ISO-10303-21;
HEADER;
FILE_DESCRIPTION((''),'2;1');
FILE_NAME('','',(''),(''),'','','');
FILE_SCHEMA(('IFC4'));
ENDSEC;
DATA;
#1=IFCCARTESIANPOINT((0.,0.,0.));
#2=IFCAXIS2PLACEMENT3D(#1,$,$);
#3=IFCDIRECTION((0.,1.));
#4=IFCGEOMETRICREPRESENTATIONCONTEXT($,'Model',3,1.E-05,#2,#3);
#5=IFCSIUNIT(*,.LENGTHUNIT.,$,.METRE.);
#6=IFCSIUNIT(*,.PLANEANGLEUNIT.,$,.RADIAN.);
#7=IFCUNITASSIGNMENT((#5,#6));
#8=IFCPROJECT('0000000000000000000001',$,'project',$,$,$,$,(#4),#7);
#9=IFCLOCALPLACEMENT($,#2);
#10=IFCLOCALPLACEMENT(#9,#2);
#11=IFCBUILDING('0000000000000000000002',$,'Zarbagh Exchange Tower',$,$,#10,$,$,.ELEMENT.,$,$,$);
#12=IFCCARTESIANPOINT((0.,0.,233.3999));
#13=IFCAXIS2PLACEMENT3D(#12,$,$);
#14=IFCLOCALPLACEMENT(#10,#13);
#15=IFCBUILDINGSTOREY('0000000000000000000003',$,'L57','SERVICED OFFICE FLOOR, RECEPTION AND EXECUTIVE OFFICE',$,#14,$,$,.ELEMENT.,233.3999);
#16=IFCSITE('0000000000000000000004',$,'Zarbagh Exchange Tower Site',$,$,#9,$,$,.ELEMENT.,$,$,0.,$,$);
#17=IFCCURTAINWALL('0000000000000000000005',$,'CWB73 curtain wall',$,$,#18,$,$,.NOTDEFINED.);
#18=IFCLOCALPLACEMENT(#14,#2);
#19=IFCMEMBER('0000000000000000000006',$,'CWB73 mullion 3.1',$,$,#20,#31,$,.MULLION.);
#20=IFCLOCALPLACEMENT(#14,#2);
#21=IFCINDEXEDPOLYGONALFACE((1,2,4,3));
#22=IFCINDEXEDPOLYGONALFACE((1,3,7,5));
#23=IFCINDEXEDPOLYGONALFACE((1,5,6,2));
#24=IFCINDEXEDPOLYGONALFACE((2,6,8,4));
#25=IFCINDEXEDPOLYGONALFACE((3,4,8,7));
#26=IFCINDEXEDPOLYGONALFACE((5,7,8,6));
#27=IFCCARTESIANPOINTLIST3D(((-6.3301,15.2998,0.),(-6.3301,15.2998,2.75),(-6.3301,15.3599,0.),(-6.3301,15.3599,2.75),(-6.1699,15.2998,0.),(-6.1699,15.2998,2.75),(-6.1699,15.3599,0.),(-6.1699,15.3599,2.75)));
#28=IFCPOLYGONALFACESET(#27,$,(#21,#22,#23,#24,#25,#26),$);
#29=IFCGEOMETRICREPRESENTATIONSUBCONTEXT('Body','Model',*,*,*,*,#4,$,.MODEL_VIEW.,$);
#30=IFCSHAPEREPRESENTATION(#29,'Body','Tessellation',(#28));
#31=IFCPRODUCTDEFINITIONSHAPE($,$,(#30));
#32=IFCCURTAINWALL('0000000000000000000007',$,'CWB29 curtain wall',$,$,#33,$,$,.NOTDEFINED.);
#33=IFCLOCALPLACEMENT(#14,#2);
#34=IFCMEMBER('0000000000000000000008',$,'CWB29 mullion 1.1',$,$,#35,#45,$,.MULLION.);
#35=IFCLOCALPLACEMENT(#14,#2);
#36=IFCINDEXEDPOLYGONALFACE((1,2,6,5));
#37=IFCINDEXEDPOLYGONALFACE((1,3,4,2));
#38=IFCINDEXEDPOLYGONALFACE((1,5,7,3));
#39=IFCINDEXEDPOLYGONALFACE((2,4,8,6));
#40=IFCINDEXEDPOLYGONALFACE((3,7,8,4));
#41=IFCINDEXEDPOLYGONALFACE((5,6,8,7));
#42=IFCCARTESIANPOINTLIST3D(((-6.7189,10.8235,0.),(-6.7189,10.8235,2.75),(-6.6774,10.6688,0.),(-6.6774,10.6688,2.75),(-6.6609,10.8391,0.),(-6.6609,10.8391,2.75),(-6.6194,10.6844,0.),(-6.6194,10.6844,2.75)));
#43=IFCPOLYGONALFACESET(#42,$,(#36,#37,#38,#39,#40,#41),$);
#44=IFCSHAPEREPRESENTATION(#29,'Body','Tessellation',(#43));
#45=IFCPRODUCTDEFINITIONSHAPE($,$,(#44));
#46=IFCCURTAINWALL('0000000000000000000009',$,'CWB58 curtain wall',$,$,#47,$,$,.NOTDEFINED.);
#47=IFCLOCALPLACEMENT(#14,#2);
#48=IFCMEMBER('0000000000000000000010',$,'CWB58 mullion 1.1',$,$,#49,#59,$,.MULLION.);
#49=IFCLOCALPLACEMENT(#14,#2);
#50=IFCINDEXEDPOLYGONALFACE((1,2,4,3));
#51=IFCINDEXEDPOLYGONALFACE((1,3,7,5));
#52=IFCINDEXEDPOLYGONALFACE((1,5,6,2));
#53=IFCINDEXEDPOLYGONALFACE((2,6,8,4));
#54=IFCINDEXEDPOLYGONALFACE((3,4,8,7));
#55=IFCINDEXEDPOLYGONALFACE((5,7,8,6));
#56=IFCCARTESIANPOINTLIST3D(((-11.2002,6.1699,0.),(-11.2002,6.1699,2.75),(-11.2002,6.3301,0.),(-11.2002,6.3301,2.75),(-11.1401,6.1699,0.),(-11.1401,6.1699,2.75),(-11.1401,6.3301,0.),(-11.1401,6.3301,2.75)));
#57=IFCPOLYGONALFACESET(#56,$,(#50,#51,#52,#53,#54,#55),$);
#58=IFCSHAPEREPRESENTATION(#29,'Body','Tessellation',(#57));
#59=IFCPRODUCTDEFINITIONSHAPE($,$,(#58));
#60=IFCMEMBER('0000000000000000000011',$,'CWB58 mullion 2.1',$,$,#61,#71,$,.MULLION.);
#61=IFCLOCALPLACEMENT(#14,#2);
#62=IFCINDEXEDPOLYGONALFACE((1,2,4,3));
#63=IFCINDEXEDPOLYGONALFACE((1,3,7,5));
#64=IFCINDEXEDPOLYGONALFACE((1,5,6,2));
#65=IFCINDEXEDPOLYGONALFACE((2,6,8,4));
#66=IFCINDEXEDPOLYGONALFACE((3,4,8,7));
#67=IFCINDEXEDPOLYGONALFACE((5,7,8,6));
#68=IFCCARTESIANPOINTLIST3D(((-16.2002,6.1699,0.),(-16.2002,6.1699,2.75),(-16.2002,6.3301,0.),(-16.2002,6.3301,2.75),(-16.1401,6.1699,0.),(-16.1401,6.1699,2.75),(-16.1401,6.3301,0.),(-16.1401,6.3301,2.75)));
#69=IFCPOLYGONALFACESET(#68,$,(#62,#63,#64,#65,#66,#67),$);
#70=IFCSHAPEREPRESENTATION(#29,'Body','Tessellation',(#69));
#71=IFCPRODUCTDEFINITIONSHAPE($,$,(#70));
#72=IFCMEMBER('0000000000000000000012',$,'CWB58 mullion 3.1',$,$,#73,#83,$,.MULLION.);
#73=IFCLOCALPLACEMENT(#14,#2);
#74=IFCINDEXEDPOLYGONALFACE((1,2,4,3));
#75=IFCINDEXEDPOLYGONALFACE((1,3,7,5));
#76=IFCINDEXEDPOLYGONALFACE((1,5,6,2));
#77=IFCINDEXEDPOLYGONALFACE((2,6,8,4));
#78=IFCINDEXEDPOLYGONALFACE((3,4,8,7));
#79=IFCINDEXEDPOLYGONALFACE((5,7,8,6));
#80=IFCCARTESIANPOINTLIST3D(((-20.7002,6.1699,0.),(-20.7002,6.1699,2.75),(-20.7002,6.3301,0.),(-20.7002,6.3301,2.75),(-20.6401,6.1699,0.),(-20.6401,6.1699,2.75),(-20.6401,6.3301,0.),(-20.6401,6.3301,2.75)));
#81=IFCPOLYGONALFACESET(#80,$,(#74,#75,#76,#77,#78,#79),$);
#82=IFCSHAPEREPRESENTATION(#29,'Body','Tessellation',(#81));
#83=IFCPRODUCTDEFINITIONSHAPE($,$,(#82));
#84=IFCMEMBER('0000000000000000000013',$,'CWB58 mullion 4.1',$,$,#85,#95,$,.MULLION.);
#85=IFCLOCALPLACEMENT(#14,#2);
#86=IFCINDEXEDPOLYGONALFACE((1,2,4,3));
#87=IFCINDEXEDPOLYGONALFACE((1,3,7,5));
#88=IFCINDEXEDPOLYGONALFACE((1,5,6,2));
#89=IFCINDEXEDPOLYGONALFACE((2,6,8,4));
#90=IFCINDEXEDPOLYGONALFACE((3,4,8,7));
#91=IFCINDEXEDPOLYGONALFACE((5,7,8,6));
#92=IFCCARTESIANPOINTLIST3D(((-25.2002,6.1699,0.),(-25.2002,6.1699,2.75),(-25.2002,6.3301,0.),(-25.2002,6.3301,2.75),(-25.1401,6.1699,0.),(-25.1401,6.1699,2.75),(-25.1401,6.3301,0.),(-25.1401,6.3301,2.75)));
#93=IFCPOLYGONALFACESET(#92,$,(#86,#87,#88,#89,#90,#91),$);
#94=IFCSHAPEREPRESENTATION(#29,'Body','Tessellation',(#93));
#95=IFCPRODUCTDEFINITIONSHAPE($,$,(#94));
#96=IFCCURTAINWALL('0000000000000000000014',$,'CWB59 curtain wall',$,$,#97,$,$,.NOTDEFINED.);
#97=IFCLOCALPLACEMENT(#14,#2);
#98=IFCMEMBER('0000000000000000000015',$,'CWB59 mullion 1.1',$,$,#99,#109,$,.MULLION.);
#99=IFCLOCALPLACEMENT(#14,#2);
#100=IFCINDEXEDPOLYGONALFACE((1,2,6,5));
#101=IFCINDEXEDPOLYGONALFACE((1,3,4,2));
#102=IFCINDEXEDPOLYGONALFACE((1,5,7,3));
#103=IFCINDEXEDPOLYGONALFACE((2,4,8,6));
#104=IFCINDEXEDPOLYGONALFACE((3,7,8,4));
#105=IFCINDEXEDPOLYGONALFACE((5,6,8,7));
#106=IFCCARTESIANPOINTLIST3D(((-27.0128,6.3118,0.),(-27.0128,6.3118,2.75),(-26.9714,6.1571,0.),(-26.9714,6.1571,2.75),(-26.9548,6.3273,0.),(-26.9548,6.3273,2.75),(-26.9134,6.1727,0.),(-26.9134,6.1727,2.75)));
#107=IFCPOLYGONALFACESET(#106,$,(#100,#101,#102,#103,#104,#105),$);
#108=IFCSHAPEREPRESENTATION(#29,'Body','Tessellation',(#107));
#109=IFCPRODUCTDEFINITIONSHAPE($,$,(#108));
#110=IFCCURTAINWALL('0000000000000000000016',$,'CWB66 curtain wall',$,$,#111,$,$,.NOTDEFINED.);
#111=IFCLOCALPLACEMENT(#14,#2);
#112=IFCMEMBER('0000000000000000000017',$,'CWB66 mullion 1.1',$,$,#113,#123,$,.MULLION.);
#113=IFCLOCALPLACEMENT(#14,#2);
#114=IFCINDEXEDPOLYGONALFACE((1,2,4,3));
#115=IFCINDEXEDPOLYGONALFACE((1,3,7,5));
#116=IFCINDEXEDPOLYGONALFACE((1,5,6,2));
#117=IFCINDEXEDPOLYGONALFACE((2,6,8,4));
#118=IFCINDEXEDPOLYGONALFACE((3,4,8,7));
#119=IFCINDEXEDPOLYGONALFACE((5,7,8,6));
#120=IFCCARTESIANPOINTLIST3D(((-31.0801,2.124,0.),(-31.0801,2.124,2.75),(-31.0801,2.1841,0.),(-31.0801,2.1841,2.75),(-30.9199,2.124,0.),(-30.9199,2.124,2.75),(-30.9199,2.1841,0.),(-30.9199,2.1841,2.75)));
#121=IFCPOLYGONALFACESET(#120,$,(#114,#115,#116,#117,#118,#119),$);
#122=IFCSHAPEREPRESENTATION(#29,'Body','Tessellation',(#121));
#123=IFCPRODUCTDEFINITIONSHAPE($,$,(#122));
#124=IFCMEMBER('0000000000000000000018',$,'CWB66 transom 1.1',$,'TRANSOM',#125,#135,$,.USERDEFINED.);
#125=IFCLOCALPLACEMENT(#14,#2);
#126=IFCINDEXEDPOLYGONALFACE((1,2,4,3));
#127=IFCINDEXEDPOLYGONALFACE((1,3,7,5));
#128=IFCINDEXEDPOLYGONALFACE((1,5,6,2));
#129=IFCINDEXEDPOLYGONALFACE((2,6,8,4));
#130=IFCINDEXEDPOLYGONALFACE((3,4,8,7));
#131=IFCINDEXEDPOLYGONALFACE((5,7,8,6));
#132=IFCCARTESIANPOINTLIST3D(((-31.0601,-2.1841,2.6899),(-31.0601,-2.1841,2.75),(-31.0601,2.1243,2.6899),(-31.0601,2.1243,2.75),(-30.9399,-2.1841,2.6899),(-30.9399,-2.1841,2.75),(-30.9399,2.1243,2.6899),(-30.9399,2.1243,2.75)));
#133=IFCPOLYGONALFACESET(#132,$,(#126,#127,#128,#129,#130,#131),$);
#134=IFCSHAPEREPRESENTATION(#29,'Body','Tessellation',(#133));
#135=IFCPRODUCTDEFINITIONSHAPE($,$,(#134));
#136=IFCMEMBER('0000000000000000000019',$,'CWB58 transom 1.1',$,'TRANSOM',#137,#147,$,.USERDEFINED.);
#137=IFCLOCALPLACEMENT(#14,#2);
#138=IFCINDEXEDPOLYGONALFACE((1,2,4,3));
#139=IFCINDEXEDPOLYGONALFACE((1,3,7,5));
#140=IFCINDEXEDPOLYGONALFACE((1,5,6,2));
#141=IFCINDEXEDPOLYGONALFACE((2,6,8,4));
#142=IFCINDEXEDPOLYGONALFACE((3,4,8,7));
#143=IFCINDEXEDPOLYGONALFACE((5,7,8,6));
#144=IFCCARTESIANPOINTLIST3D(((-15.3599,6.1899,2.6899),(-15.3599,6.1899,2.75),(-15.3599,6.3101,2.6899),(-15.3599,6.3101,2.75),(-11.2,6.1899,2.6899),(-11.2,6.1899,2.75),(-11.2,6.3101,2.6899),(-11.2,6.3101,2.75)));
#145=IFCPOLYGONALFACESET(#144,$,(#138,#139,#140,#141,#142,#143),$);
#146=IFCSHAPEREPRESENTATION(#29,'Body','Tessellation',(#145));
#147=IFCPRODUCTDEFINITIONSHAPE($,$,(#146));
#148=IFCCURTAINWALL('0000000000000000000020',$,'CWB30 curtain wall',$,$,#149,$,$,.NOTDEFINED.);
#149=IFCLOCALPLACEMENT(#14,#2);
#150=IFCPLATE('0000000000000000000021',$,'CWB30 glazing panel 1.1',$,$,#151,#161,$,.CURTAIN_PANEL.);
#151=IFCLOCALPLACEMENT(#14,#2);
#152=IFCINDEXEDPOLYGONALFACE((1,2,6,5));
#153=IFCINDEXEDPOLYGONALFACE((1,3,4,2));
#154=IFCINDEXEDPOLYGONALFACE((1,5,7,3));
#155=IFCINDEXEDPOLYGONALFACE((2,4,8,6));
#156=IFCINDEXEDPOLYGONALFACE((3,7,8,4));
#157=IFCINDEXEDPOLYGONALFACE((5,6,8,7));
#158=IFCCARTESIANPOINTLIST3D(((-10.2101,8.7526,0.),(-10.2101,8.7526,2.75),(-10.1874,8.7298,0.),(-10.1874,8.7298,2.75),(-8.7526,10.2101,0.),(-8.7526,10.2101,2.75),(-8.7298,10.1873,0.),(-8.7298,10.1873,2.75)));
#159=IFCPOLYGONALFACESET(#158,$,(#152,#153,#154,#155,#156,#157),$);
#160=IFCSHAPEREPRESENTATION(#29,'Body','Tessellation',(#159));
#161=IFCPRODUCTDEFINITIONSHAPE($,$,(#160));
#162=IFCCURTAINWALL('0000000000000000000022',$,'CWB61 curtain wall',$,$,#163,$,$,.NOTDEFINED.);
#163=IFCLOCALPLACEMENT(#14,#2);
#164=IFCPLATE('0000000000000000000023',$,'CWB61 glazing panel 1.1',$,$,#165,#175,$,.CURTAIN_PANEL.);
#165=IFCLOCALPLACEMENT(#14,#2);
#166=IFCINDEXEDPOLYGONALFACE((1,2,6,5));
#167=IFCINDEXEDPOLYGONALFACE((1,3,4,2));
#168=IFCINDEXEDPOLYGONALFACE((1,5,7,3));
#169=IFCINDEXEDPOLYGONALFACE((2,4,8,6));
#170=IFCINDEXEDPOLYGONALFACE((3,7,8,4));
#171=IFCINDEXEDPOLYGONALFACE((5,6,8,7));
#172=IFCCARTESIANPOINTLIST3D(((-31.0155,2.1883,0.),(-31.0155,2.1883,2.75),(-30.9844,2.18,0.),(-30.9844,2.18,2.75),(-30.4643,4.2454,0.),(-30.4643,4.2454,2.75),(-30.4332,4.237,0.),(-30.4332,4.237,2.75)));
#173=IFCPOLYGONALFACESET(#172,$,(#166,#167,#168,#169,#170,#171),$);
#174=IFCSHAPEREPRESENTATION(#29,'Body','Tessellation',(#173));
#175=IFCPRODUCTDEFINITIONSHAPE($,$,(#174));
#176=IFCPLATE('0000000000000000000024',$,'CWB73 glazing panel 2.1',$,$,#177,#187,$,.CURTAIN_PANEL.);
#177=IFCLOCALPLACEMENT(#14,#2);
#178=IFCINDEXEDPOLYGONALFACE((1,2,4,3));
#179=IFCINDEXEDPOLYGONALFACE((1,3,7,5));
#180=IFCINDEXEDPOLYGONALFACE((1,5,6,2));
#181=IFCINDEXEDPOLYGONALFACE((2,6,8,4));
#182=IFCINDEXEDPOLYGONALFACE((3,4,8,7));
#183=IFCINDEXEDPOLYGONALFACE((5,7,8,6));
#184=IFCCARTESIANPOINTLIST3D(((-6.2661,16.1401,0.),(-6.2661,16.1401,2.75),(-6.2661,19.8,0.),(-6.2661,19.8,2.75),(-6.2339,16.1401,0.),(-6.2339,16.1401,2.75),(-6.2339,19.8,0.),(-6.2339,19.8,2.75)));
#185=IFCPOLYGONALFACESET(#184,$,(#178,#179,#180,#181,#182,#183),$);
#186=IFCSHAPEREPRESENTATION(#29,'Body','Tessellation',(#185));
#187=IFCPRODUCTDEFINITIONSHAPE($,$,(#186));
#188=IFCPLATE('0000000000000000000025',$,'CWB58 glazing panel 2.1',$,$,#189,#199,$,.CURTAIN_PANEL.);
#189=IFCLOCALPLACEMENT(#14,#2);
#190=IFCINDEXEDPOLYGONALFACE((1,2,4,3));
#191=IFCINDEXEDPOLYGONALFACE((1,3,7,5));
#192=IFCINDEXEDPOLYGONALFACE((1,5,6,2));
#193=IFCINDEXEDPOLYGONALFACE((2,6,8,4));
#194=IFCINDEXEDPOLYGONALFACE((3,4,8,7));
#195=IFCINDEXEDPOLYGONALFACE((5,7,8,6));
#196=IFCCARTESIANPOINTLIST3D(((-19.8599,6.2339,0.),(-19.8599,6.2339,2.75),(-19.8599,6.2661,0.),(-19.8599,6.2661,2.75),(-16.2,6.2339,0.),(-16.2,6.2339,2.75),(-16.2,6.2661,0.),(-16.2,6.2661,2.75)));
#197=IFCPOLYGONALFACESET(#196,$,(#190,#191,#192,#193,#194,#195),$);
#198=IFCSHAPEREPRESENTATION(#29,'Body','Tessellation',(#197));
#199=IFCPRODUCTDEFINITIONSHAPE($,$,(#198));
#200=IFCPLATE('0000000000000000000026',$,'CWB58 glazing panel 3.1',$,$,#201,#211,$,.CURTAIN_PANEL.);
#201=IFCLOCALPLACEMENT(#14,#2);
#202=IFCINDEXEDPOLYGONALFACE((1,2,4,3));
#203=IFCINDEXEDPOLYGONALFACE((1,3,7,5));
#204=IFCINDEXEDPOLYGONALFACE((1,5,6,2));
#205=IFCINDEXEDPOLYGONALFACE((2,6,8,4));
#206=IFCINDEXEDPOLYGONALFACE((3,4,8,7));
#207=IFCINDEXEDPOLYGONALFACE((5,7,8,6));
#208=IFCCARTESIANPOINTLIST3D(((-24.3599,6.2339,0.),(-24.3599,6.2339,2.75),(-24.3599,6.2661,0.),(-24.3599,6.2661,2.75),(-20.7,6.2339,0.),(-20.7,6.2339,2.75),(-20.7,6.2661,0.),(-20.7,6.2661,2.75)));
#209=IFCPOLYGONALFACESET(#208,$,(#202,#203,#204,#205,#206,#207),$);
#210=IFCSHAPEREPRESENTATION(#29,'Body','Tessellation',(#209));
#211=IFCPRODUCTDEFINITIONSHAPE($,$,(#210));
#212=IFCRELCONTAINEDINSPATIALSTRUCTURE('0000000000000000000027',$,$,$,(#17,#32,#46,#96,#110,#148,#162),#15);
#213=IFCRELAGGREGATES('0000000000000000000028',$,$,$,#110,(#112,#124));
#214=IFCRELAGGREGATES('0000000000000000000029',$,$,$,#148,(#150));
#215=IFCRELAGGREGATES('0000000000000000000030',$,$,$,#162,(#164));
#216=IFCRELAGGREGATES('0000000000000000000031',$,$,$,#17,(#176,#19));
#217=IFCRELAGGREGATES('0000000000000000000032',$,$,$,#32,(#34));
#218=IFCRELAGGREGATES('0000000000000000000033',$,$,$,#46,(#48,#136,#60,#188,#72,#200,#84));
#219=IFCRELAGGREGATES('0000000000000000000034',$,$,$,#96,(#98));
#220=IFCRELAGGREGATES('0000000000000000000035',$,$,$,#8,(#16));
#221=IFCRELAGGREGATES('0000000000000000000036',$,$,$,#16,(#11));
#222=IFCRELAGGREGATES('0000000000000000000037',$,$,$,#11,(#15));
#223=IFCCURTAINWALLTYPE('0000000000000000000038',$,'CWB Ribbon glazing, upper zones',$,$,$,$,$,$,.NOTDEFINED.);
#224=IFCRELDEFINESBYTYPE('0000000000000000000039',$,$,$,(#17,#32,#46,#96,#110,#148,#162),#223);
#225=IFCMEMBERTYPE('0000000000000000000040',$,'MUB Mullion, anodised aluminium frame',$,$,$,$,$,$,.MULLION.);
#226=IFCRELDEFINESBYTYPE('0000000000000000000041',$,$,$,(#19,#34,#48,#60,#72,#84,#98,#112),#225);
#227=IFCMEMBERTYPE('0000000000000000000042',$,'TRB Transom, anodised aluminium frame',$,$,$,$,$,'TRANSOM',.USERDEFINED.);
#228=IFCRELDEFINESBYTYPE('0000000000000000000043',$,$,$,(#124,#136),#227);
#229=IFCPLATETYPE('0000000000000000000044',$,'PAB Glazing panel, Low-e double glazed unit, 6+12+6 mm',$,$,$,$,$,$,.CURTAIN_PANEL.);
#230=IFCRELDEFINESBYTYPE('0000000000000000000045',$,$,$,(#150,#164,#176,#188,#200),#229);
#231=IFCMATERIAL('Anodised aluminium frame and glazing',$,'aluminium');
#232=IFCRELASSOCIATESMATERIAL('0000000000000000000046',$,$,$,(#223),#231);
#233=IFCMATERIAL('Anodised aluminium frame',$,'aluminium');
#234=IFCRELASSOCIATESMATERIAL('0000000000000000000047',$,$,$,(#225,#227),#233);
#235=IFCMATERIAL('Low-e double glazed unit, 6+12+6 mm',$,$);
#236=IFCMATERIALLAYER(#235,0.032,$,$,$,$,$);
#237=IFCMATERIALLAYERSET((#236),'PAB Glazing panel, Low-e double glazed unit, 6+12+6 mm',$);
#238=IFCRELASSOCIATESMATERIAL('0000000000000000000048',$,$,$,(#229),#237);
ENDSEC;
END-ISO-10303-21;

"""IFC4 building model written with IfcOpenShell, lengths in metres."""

from ifc_helpers import new_model, si_unit, direction, frame, origin, place, context, subcontext, project, spatial, polyline, outline, extrude, source, transform, mapped, material, layer, layer_set, type_object, element, aggregate, save


model = new_model("IFC4")

# Units and contexts
model_context = context("Model", 3, precision=1e-05, world=origin(), true_north=direction((0.0, 1.0)))
body_context = subcontext(model_context, "Body", "Model", "MODEL_VIEW")
ifc_project = project(units=[si_unit("LENGTHUNIT", "METRE"), si_unit("PLANEANGLEUNIT", "RADIAN")], contexts=[model_context])

# Site, building, storey
site_placement = place(None, origin())
site = spatial("IfcSite", under=ifc_project, at=site_placement, Name="Zarbagh Exchange Tower Site", CompositionType="ELEMENT", RefElevation=0.0)
building_placement = place(site_placement, origin())
building = spatial("IfcBuilding", under=site, at=building_placement, Name="Zarbagh Exchange Tower", CompositionType="ELEMENT")
storey_placement = place(building_placement, frame((0.0, 0.0, 233.3999)))
storey = spatial("IfcBuildingStorey", under=building, at=storey_placement, Name="L57", Description="SERVICED OFFICE FLOOR, RECEPTION AND EXECUTIVE OFFICE", CompositionType="ELEMENT", Elevation=233.3999)

# Curtain walls, members
ifc_material_1 = material(Name="Anodised aluminium frame and glazing", Category="aluminium")
curtain_wall_type = type_object("IfcCurtainWallType", Name="CWB Ribbon glazing, upper zones", PredefinedType="NOTDEFINED", material=ifc_material_1)
curtain_wall_1_placement = place(storey_placement, origin())
curtain_wall_1 = element("IfcCurtainWall", 1, at=curtain_wall_1_placement, inside=storey, type_object=curtain_wall_type, Name="CWB73 curtain wall", PredefinedType="NOTDEFINED")
ifc_material_2 = material(Name="Anodised aluminium frame", Category="aluminium")
member_type_1 = type_object("IfcMemberType", Name="MUB Mullion, anodised aluminium frame", PredefinedType="MULLION", material=ifc_material_2)
shared_shape_1 = source(origin(), body_context, "Body", "SweptSolid", [
    extrude(outline(polyline([(0.0, -0.0801), (0.0601, -0.0801), (0.0601, 0.0801), (0.0, 0.0801), (0.0, -0.0801)])), origin(), (0.0, 0.0, 1.0), 2.75),
])
placement = place(storey_placement, origin())
member_1 = element("IfcMember", 2, at=placement, type_object=member_type_1, Name="CWB73 mullion 3.1", PredefinedType="MULLION", context=body_context, shape_type="MappedRepresentation", body=[
    mapped(shared_shape_1, transform((-6.25, 15.3599, 0.0), x_axis=(0.0, -1.0, 0.0), y_axis=(1.0, 0.0, 0.0), z_axis=(0.0, 0.0, 1.0))),
])
curtain_wall_2_placement = place(storey_placement, origin())
curtain_wall_2 = element("IfcCurtainWall", 3, at=curtain_wall_2_placement, inside=storey, type_object=curtain_wall_type, Name="CWB29 curtain wall", PredefinedType="NOTDEFINED")
member_2 = element("IfcMember", 4, at=placement, type_object=member_type_1, Name="CWB29 mullion 1.1", PredefinedType="MULLION", context=body_context, shape_type="MappedRepresentation", body=[
    mapped(shared_shape_1, transform((-6.6401, 10.7617, 0.0), x_axis=(-0.965924, -0.258825, 0.0), y_axis=(0.258825, -0.965924, 0.0), z_axis=(0.0, 0.0, 1.0))),
])

# Curtain wall, members
curtain_wall_3_placement = place(storey_placement, origin())
curtain_wall_3 = element("IfcCurtainWall", 5, at=curtain_wall_3_placement, inside=storey, type_object=curtain_wall_type, Name="CWB58 curtain wall", PredefinedType="NOTDEFINED")
member_3 = element("IfcMember", 6, at=placement, type_object=member_type_1, Name="CWB58 mullion 1.1", PredefinedType="MULLION", context=body_context, shape_type="MappedRepresentation", body=[
    mapped(shared_shape_1, transform((-11.1401, 6.25, 0.0), x_axis=(-1.0, 0.0, 0.0), y_axis=(0.0, -1.0, 0.0), z_axis=(0.0, 0.0, 1.0))),
])
member_4 = element("IfcMember", 7, at=placement, type_object=member_type_1, Name="CWB58 mullion 2.1", PredefinedType="MULLION", context=body_context, shape_type="MappedRepresentation", body=[
    mapped(shared_shape_1, transform((-16.1401, 6.25, 0.0), x_axis=(-1.0, 0.0, 0.0), y_axis=(0.0, -1.0, 0.0), z_axis=(0.0, 0.0, 1.0))),
])
member_5 = element("IfcMember", 8, at=placement, type_object=member_type_1, Name="CWB58 mullion 3.1", PredefinedType="MULLION", context=body_context, shape_type="MappedRepresentation", body=[
    mapped(shared_shape_1, transform((-20.6401, 6.25, 0.0), x_axis=(-1.0, 0.0, 0.0), y_axis=(0.0, -1.0, 0.0), z_axis=(0.0, 0.0, 1.0))),
])
member_6 = element("IfcMember", 9, at=placement, type_object=member_type_1, Name="CWB58 mullion 4.1", PredefinedType="MULLION", context=body_context, shape_type="MappedRepresentation", body=[
    mapped(shared_shape_1, transform((-25.1401, 6.25, 0.0), x_axis=(-1.0, 0.0, 0.0), y_axis=(0.0, -1.0, 0.0), z_axis=(0.0, 0.0, 1.0))),
])

# Curtain wall, member
curtain_wall_4_placement = place(storey_placement, origin())
curtain_wall_4 = element("IfcCurtainWall", 10, at=curtain_wall_4_placement, inside=storey, type_object=curtain_wall_type, Name="CWB59 curtain wall", PredefinedType="NOTDEFINED")
member_7 = element("IfcMember", 11, at=placement, type_object=member_type_1, Name="CWB59 mullion 1.1", PredefinedType="MULLION", context=body_context, shape_type="MappedRepresentation", body=[
    mapped(shared_shape_1, transform((-26.9341, 6.25, 0.0), x_axis=(-0.965924, -0.258825, 0.0), y_axis=(0.258825, -0.965924, 0.0), z_axis=(0.0, 0.0, 1.0))),
])

# Curtain wall, members
curtain_wall_5_placement = place(storey_placement, origin())
curtain_wall_5 = element("IfcCurtainWall", 12, at=curtain_wall_5_placement, inside=storey, type_object=curtain_wall_type, Name="CWB66 curtain wall", PredefinedType="NOTDEFINED")
member_8 = element("IfcMember", 13, at=placement, type_object=member_type_1, Name="CWB66 mullion 1.1", PredefinedType="MULLION", context=body_context, shape_type="MappedRepresentation", body=[
    mapped(shared_shape_1, transform((-31.0, 2.1841, 0.0), x_axis=(0.0, -1.0, 0.0), y_axis=(1.0, 0.0, 0.0), z_axis=(0.0, 0.0, 1.0))),
])
member_type_2 = type_object("IfcMemberType", Name="TRB Transom, anodised aluminium frame", ElementType="TRANSOM", PredefinedType="USERDEFINED", material=ifc_material_2)
shared_shape_2 = source(origin(), body_context, "Body", "SweptSolid", [
    extrude(outline(polyline([(-0.0601, -0.0601), (0.0, -0.0601), (0.0, 0.0601), (-0.0601, 0.0601), (-0.0601, -0.0601)])), origin(), (0.0, 0.0, 1.0), 4.3083),
])
member_9 = element("IfcMember", 14, at=placement, type_object=member_type_2, Name="CWB66 transom 1.1", ObjectType="TRANSOM", PredefinedType="USERDEFINED", context=body_context, shape_type="MappedRepresentation", body=[
    mapped(shared_shape_2, transform((-31.0, 2.1243, 2.75), x_axis=(0.0, 0.0, 1.0), y_axis=(-1.0, 0.0, 0.0), z_axis=(0.0, -1.0, 0.0))),
])
aggregate(curtain_wall_5, [member_8, member_9])

# Member
shared_shape_3 = source(origin(), body_context, "Body", "SweptSolid", [
    extrude(outline(polyline([(-0.0601, -0.0601), (0.0, -0.0601), (0.0, 0.0601), (-0.0601, 0.0601), (-0.0601, -0.0601)])), origin(), (0.0, 0.0, 1.0), 4.1599),
])
member_10 = element("IfcMember", 15, at=placement, type_object=member_type_2, Name="CWB58 transom 1.1", ObjectType="TRANSOM", PredefinedType="USERDEFINED", context=body_context, shape_type="MappedRepresentation", body=[
    mapped(shared_shape_3, transform((-11.2, 6.25, 2.75), x_axis=(0.0, 0.0, 1.0), y_axis=(0.0, 1.0, 0.0), z_axis=(-1.0, 0.0, 0.0))),
])

# Curtain walls, plates
curtain_wall_6_placement = place(storey_placement, origin())
curtain_wall_6 = element("IfcCurtainWall", 16, at=curtain_wall_6_placement, inside=storey, type_object=curtain_wall_type, Name="CWB30 curtain wall", PredefinedType="NOTDEFINED")
ifc_material_3 = material(Name="Low-e double glazed unit, 6+12+6 mm")
ifc_layer = layer(ifc_material_3, 0.032)
ifc_layer_set = layer_set([ifc_layer], Name="PAB Glazing panel, Low-e double glazed unit, 6+12+6 mm")
plate_type = type_object("IfcPlateType", Name="PAB Glazing panel, Low-e double glazed unit, 6+12+6 mm", PredefinedType="CURTAIN_PANEL", material=ifc_layer_set)
shared_shape_4 = source(origin(), body_context, "Body", "SweptSolid", [
    extrude(outline(polyline([(0.0, -0.0161), (2.0613, -0.0161), (2.0613, 0.0161), (0.0, 0.0161), (0.0, -0.0161)])), origin(), (0.0, 0.0, 1.0), 2.75),
])
plate_1 = element("IfcPlate", 17, at=placement, type_object=plate_type, Name="CWB30 glazing panel 1.1", PredefinedType="CURTAIN_PANEL", context=body_context, shape_type="MappedRepresentation", body=[
    mapped(shared_shape_4, transform((-8.7412, 10.1987, 0.0), x_axis=(-0.707107, -0.707107, 0.0), y_axis=(0.707107, -0.707107, 0.0), z_axis=(0.0, 0.0, 1.0))),
])
aggregate(curtain_wall_6, [plate_1])
curtain_wall_7_placement = place(storey_placement, origin())
curtain_wall_7 = element("IfcCurtainWall", 18, at=curtain_wall_7_placement, inside=storey, type_object=curtain_wall_type, Name="CWB61 curtain wall", PredefinedType="NOTDEFINED")
shared_shape_5 = source(origin(), body_context, "Body", "SweptSolid", [
    extrude(outline(polyline([(0.0, -0.0161), (2.1296, -0.0161), (2.1296, 0.0161), (0.0, 0.0161), (0.0, -0.0161)])), origin(), (0.0, 0.0, 1.0), 2.75),
])
plate_2 = element("IfcPlate", 19, at=placement, type_object=plate_type, Name="CWB61 glazing panel 1.1", PredefinedType="CURTAIN_PANEL", context=body_context, shape_type="MappedRepresentation", body=[
    mapped(shared_shape_5, transform((-30.4487, 4.2412, 0.0), x_axis=(-0.258825, -0.965924, 0.0), y_axis=(0.965924, -0.258825, 0.0), z_axis=(0.0, 0.0, 1.0))),
])
aggregate(curtain_wall_7, [plate_2])

# Plates
shared_shape_6 = source(origin(), body_context, "Body", "SweptSolid", [
    extrude(outline(polyline([(0.0, -0.0161), (3.6599, -0.0161), (3.6599, 0.0161), (0.0, 0.0161), (0.0, -0.0161)])), origin(), (0.0, 0.0, 1.0), 2.75),
])
plate_3 = element("IfcPlate", 20, at=placement, type_object=plate_type, Name="CWB73 glazing panel 2.1", PredefinedType="CURTAIN_PANEL", context=body_context, shape_type="MappedRepresentation", body=[
    mapped(shared_shape_6, transform((-6.25, 19.8, 0.0), x_axis=(0.0, -1.0, 0.0), y_axis=(1.0, 0.0, 0.0), z_axis=(0.0, 0.0, 1.0))),
])
plate_4 = element("IfcPlate", 21, at=placement, type_object=plate_type, Name="CWB58 glazing panel 2.1", PredefinedType="CURTAIN_PANEL", context=body_context, shape_type="MappedRepresentation", body=[
    mapped(shared_shape_6, transform((-16.2, 6.25, 0.0), x_axis=(-1.0, 0.0, 0.0), y_axis=(0.0, -1.0, 0.0), z_axis=(0.0, 0.0, 1.0))),
])
plate_5 = element("IfcPlate", 22, at=placement, type_object=plate_type, Name="CWB58 glazing panel 3.1", PredefinedType="CURTAIN_PANEL", context=body_context, shape_type="MappedRepresentation", body=[
    mapped(shared_shape_6, transform((-20.7, 6.25, 0.0), x_axis=(-1.0, 0.0, 0.0), y_axis=(0.0, -1.0, 0.0), z_axis=(0.0, 0.0, 1.0))),
])
aggregate(curtain_wall_1, [plate_3, member_1])
aggregate(curtain_wall_2, [member_2])

aggregate(curtain_wall_3, [member_3, member_10, member_4, plate_4, member_5, plate_5, member_6])
aggregate(curtain_wall_4, [member_7])

save(model, "model.ifc")
